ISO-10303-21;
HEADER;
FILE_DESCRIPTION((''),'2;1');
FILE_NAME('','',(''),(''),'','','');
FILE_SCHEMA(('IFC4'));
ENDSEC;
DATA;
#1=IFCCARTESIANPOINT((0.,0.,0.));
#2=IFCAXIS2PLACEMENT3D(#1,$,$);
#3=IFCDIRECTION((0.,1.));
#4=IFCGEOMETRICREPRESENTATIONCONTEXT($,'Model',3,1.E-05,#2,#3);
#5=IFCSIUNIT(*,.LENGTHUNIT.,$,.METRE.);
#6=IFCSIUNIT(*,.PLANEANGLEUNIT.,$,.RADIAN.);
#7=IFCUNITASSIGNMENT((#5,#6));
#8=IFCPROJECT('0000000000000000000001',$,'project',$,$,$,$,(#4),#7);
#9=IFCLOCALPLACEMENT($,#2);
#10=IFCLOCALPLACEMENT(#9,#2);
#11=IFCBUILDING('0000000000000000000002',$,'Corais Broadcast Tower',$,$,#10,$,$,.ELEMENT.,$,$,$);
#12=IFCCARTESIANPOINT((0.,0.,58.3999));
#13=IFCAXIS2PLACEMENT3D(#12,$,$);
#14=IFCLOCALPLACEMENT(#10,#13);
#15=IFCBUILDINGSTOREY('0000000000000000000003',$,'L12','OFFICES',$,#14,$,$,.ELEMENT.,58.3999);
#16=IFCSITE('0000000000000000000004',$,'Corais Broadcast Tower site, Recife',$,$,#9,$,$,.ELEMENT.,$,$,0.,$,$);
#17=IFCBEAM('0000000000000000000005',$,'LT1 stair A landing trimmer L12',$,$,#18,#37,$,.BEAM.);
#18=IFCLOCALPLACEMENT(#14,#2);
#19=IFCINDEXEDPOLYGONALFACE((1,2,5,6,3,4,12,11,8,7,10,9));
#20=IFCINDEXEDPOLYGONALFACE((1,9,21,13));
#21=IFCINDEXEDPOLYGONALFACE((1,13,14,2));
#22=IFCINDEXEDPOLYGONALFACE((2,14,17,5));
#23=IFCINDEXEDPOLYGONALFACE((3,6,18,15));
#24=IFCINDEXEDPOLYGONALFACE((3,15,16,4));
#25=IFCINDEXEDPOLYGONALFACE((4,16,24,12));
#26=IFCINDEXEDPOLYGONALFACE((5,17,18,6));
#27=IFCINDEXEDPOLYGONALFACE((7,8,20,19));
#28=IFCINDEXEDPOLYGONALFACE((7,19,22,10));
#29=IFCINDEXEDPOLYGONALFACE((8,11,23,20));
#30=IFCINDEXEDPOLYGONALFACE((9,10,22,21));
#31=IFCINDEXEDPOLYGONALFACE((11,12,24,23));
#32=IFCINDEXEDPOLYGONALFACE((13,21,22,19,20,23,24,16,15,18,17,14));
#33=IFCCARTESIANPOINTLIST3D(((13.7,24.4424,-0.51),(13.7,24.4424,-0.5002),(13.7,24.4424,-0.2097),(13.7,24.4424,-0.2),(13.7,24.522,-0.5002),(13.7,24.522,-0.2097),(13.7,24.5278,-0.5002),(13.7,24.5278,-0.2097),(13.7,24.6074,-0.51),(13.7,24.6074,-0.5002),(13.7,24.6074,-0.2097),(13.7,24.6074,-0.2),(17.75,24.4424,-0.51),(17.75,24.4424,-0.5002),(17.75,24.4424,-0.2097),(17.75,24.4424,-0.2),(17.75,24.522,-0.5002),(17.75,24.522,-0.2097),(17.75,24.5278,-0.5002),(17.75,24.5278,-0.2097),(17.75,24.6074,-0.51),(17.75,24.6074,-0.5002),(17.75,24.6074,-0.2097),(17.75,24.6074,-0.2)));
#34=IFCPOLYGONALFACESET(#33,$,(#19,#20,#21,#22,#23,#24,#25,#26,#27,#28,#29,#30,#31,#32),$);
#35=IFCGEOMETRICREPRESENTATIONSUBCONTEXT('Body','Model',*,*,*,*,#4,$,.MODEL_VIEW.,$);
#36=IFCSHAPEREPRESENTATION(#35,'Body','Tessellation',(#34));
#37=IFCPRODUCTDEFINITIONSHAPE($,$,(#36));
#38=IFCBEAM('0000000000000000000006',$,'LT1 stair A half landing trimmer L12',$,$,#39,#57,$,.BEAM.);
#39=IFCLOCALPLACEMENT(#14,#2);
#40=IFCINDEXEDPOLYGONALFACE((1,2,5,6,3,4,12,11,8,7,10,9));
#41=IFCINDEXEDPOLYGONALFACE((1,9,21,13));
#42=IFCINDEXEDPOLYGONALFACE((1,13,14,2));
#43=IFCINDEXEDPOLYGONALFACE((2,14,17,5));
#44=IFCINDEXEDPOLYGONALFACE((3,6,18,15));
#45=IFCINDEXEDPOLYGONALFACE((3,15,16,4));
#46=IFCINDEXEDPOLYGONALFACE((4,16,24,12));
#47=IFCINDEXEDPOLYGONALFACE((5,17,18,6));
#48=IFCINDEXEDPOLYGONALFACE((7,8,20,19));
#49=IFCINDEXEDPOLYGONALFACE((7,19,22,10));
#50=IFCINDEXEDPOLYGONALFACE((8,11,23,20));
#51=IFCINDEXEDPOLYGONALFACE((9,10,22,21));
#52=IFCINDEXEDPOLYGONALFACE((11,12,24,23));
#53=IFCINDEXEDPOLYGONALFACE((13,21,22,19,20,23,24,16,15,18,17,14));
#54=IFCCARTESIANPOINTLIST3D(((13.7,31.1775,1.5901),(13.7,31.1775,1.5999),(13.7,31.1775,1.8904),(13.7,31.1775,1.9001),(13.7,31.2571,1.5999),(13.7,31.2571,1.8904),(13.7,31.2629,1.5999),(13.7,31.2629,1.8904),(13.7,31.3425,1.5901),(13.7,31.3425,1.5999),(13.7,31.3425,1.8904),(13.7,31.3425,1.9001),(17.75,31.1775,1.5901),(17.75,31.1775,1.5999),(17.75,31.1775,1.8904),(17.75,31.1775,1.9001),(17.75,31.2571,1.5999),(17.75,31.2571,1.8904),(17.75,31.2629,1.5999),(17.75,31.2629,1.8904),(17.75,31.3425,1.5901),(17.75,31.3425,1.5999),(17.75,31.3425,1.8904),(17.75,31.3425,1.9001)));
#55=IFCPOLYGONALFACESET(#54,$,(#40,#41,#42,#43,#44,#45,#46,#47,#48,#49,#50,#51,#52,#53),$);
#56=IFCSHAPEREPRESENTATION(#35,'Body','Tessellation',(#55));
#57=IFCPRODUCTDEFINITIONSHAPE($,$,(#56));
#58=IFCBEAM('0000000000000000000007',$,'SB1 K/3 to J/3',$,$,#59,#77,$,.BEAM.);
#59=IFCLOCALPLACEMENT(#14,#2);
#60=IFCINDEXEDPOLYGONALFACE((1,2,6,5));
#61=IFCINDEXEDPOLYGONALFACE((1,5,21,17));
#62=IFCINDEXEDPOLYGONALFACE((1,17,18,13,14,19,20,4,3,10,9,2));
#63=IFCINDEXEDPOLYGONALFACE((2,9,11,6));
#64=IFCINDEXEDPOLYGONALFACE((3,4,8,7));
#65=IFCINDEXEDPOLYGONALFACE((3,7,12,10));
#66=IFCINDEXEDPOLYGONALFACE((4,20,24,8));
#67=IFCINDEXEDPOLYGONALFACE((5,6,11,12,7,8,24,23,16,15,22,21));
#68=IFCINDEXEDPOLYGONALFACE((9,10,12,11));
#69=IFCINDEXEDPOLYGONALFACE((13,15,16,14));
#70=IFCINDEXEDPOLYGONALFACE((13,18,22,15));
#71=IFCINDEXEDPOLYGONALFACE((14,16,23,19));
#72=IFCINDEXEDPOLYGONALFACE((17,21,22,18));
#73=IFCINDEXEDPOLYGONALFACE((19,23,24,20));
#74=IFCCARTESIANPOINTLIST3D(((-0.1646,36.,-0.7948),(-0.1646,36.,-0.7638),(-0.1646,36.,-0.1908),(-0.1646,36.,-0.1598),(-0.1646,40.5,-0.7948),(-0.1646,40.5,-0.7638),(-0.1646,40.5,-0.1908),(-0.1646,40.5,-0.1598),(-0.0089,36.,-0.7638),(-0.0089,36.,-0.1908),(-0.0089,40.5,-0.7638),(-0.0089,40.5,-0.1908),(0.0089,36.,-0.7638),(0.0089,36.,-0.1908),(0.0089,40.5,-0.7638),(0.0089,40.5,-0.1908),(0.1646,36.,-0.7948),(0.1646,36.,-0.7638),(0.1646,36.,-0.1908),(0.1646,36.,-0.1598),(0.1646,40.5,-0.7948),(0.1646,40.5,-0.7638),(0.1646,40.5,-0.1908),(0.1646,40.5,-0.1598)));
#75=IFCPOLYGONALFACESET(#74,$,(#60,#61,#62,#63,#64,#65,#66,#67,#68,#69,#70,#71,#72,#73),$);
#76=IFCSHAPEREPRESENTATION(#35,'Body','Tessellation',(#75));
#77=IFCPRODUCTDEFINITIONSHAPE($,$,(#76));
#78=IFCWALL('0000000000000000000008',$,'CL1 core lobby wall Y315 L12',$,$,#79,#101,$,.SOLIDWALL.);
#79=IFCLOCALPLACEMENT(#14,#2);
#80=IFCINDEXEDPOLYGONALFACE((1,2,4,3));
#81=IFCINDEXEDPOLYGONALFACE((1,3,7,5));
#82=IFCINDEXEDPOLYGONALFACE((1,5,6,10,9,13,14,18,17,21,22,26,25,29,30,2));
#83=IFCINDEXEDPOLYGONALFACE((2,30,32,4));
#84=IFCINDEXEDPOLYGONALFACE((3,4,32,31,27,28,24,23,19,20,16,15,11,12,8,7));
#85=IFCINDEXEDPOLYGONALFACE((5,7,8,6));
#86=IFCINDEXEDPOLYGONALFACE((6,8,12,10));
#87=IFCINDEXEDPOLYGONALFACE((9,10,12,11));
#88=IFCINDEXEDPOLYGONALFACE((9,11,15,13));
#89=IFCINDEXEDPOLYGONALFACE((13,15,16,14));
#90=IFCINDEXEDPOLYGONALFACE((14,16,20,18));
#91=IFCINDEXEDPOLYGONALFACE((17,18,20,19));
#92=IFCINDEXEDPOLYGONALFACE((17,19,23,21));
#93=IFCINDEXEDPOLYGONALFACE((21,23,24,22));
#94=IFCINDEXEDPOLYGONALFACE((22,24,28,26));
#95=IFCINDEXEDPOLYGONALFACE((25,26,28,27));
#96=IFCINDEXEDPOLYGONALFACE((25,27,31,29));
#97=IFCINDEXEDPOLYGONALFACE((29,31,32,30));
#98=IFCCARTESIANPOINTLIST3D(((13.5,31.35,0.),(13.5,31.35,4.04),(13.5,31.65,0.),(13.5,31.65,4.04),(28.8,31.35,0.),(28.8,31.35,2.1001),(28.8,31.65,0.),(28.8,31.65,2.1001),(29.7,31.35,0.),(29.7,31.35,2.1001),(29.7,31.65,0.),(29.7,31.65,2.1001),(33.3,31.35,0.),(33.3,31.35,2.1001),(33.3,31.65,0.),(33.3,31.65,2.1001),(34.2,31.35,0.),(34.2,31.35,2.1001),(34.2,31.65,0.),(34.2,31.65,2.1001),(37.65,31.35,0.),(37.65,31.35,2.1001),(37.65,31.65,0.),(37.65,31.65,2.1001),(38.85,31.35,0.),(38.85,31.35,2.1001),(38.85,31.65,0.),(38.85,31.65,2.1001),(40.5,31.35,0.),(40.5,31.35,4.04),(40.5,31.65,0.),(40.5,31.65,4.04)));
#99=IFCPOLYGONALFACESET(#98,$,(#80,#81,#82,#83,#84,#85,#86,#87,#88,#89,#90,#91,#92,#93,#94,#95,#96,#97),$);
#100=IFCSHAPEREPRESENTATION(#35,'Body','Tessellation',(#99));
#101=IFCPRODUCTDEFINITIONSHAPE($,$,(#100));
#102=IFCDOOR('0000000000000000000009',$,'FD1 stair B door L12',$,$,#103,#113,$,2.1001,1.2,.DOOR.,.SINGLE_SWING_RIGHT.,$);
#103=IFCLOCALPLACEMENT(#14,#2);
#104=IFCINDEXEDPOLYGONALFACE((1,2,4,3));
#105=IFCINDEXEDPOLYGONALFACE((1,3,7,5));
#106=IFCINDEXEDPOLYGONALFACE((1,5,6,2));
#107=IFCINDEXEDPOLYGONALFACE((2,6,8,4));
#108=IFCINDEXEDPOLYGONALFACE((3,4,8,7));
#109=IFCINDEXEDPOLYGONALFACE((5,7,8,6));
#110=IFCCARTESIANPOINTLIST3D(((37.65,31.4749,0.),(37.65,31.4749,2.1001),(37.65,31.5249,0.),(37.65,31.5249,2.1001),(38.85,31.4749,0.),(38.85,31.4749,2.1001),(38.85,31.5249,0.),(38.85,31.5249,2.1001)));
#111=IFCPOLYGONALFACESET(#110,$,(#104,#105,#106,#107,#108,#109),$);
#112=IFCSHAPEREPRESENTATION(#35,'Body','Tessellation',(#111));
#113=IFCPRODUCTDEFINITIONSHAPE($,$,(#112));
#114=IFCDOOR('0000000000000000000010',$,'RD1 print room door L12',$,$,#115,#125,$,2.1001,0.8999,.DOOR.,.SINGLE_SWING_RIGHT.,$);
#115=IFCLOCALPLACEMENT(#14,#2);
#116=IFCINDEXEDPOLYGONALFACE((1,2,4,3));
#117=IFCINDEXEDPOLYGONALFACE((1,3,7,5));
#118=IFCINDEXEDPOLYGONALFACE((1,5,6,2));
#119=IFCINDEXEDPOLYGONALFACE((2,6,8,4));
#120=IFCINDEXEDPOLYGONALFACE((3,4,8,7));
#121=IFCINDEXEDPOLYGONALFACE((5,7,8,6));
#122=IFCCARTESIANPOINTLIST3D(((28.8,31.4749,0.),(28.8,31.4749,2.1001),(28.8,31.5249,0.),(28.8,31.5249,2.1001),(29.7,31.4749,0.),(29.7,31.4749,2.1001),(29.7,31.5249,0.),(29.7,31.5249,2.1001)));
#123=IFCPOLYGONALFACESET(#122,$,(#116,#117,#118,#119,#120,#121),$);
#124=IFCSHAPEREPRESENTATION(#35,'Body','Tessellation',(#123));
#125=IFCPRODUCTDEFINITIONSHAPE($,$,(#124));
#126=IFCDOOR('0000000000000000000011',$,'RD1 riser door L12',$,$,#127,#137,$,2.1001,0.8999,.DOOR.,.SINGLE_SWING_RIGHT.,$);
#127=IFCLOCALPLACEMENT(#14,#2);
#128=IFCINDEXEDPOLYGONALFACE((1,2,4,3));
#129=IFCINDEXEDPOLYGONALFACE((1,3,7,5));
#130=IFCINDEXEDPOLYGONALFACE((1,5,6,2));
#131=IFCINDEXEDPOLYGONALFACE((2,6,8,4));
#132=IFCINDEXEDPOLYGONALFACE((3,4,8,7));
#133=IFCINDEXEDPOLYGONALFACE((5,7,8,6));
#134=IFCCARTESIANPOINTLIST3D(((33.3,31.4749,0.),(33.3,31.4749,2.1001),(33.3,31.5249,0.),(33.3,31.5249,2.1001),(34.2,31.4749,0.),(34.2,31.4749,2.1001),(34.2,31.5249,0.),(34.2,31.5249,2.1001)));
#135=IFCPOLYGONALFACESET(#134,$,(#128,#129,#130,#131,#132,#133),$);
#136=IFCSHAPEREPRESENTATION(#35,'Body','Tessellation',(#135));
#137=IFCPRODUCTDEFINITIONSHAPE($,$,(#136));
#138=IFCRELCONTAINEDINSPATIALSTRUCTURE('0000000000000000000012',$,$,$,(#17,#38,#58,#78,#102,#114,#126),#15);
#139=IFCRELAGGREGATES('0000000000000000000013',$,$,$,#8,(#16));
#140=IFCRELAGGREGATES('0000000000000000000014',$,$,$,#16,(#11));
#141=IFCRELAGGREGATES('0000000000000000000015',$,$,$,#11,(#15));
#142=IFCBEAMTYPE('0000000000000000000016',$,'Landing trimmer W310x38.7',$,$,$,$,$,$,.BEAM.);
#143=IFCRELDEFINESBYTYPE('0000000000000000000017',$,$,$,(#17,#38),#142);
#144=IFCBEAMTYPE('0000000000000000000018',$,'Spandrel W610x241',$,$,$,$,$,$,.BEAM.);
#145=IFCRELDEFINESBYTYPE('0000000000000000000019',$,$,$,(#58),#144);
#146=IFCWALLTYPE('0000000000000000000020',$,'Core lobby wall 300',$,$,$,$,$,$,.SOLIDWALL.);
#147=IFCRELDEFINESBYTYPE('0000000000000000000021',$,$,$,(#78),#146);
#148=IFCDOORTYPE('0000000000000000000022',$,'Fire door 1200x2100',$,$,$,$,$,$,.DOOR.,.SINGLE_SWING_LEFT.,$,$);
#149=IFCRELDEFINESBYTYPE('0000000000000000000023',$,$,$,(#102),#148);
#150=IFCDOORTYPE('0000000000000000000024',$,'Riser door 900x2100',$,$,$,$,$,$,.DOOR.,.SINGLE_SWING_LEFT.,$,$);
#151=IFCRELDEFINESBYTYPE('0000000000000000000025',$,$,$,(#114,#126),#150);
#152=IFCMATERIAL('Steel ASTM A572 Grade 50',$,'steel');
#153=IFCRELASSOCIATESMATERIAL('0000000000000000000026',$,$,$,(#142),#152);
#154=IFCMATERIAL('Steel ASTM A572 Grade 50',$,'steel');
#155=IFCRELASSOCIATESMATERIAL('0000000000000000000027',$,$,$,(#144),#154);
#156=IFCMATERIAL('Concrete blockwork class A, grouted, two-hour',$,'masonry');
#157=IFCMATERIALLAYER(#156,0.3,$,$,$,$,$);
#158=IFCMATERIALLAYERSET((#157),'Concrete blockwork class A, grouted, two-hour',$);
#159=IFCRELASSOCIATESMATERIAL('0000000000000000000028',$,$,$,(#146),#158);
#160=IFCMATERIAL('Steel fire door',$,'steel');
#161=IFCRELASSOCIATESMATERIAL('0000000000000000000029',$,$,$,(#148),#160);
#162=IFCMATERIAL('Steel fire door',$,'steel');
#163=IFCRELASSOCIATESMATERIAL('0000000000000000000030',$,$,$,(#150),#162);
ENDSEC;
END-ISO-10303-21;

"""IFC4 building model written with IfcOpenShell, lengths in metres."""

from ifc_helpers import new_model, si_unit, direction, frame, frame_2d, origin, origin_2d, place, context, subcontext, project, spatial, rectangle, i_section, extrude, material, layer, layer_set, material_profile, profile_set, type_object, element, fill, save


model = new_model("IFC4")

# Units and contexts
model_context = context("Model", 3, precision=1e-05, world=origin(), true_north=direction((0.0, 1.0)))
body_context = subcontext(model_context, "Body", "Model", "MODEL_VIEW")
ifc_project = project(units=[si_unit("LENGTHUNIT", "METRE"), si_unit("PLANEANGLEUNIT", "RADIAN")], contexts=[model_context])

# Site, building, storey
site_placement = place(None, origin())
site = spatial("IfcSite", under=ifc_project, at=site_placement, Name="Corais Broadcast Tower site, Recife", CompositionType="ELEMENT", RefElevation=0.0)
building_placement = place(site_placement, origin())
building = spatial("IfcBuilding", under=site, at=building_placement, Name="Corais Broadcast Tower", CompositionType="ELEMENT")
storey_placement = place(building_placement, frame((0.0, 0.0, 58.3999)))
storey = spatial("IfcBuildingStorey", under=building, at=storey_placement, Name="L12", Description="OFFICES", CompositionType="ELEMENT", Elevation=58.3999)

# Beams
ifc_material_1 = material(Name="Steel ASTM A572 Grade 50", Category="steel")
ifc_material_profile_1 = material_profile(ifc_material_1, i_section(OverallWidth=0.165, OverallDepth=0.3101, WebThickness=0.0059, FlangeThickness=0.0098, at=origin_2d()), Name="W310x38.7")
ifc_profile_set_1 = profile_set([ifc_material_profile_1], Name="Steel ASTM A572 Grade 50")
beam_type_1 = type_object("IfcBeamType", Name="Landing trimmer W310x38.7", PredefinedType="BEAM", material=ifc_profile_set_1)
for number, where, z_axis, x_axis, name in (
    (1, (13.7, 24.5249, -0.355), (1.0, 0.0, 0.0), (0.0, 1.0, 0.0), "LT1 stair A landing trimmer L12"),
    (2, (13.7, 31.26, 1.7451), (1.0, 0.0, 0.0), (0.0, 1.0, 0.0), "LT1 stair A half landing trimmer L12"),
):
    element("IfcBeam", number, at=place(storey_placement, frame(where, z_axis=z_axis, x_axis=x_axis)), inside=storey, type_object=beam_type_1, Name=name, PredefinedType="BEAM", context=body_context, shape_type="SweptSolid", body=[
        extrude(i_section(OverallWidth=0.165, OverallDepth=0.3101, WebThickness=0.0059, FlangeThickness=0.0098, at=origin_2d()), origin(), (0.0, 0.0, 1.0), 4.05),
    ])
ifc_material_2 = material(Name="Steel ASTM A572 Grade 50", Category="steel")
ifc_material_profile_2 = material_profile(ifc_material_2, i_section(OverallWidth=0.3291, OverallDepth=0.635, WebThickness=0.0178, FlangeThickness=0.031, at=origin_2d()), Name="W610x241")
ifc_profile_set_2 = profile_set([ifc_material_profile_2], Name="Steel ASTM A572 Grade 50")
beam_type_2 = type_object("IfcBeamType", Name="Spandrel W610x241", PredefinedType="BEAM", material=ifc_profile_set_2)
beam_placement = place(storey_placement, frame((0.0, 40.5, -0.4773), z_axis=(0.0, -1.0, 0.0), x_axis=(1.0, 0.0, 0.0)))
element("IfcBeam", 3, at=beam_placement, inside=storey, type_object=beam_type_2, Name="SB1 K/3 to J/3", PredefinedType="BEAM", context=body_context, shape_type="SweptSolid", body=[
    extrude(i_section(OverallWidth=0.3291, OverallDepth=0.635, WebThickness=0.0178, FlangeThickness=0.031, at=origin_2d()), origin(), (0.0, 0.0, 1.0), 4.5),
])

# Wall, openings, doors
ifc_material_3 = material(Name="Concrete blockwork class A, grouted, two-hour", Category="masonry")
ifc_layer_1 = layer(ifc_material_3, 0.3)
ifc_layer_set_1 = layer_set([ifc_layer_1], Name="Concrete blockwork class A, grouted, two-hour")
wall_type_1 = type_object("IfcWallType", Name="Core lobby wall 300", PredefinedType="SOLIDWALL", material=ifc_layer_set_1)
wall_1_placement = place(storey_placement, frame((13.5, 31.5, 0.0), z_axis=(0.0, 0.0, 1.0), x_axis=(1.0, 0.0, 0.0)))
wall_1 = element("IfcWall", 4, at=wall_1_placement, inside=storey, type_object=wall_type_1, Name="CL1 core lobby wall Y315 L12", PredefinedType="SOLIDWALL", context=body_context, shape_type="SweptSolid", body=[
    extrude(rectangle(XDim=27.0, YDim=0.3, at=frame_2d((13.5, 0.0))), origin(), (0.0, 0.0, 1.0), 4.04),
])
opening_1_placement = place(wall_1_placement, frame((24.1499, 0.0, 0.0)))
opening_1 = element("IfcOpeningElement", 5, at=opening_1_placement, cuts=wall_1, PredefinedType="OPENING", context=body_context, shape_type="SweptSolid", body=[
    extrude(rectangle(XDim=1.2, YDim=2.1001, at=frame_2d((0.6001, 1.05))), frame((0.0, 0.1599, 0.0), z_axis=(0.0, -1.0, 0.0), x_axis=(1.0, 0.0, 0.0)), (0.0, 0.0, 1.0), 0.3201),
])
opening_2_placement = place(wall_1_placement, frame((15.3, 0.0, 0.0)))
opening_2 = element("IfcOpeningElement", 6, at=opening_2_placement, cuts=wall_1, PredefinedType="OPENING", context=body_context, shape_type="SweptSolid", body=[
    extrude(rectangle(XDim=0.8999, YDim=2.1001, at=frame_2d((0.45, 1.05))), frame((0.0, 0.1599, 0.0), z_axis=(0.0, -1.0, 0.0), x_axis=(1.0, 0.0, 0.0)), (0.0, 0.0, 1.0), 0.3201),
])
opening_3_placement = place(wall_1_placement, frame((19.8, 0.0, 0.0)))
opening_3 = element("IfcOpeningElement", 7, at=opening_3_placement, cuts=wall_1, PredefinedType="OPENING", context=body_context, shape_type="SweptSolid", body=[
    extrude(rectangle(XDim=0.8999, YDim=2.1001, at=frame_2d((0.45, 1.05))), frame((0.0, 0.1599, 0.0), z_axis=(0.0, -1.0, 0.0), x_axis=(1.0, 0.0, 0.0)), (0.0, 0.0, 1.0), 0.3201),
])
ifc_material_4 = material(Name="Steel fire door", Category="steel")
door_type_1 = type_object("IfcDoorType", Name="Fire door 1200x2100", OperationType="SINGLE_SWING_LEFT", PredefinedType="DOOR", material=ifc_material_4)
door_1_placement = place(opening_1_placement, origin())
door_1 = element("IfcDoor", 8, at=door_1_placement, inside=storey, type_object=door_type_1, Name="FD1 stair B door L12", OperationType="SINGLE_SWING_RIGHT", OverallHeight=2.1001, OverallWidth=1.2, PredefinedType="DOOR", context=body_context, shape_type="SweptSolid", body=[
    extrude(rectangle(XDim=1.2, YDim=2.1001, at=frame_2d((0.6001, 1.05))), frame((0.0, 0.0249, 0.0), z_axis=(0.0, -1.0, 0.0), x_axis=(1.0, 0.0, 0.0)), (0.0, 0.0, 1.0), 0.05),
])
fill(opening_1, door_1)
ifc_material_5 = material(Name="Steel fire door", Category="steel")
door_type_2 = type_object("IfcDoorType", Name="Riser door 900x2100", OperationType="SINGLE_SWING_LEFT", PredefinedType="DOOR", material=ifc_material_5)
door_2_placement = place(opening_2_placement, origin())
door_2 = element("IfcDoor", 9, at=door_2_placement, inside=storey, type_object=door_type_2, Name="RD1 print room door L12", OperationType="SINGLE_SWING_RIGHT", OverallHeight=2.1001, OverallWidth=0.8999, PredefinedType="DOOR", context=body_context, shape_type="SweptSolid", body=[
    extrude(rectangle(XDim=0.8999, YDim=2.1001, at=frame_2d((0.45, 1.05))), frame((0.0, 0.0249, 0.0), z_axis=(0.0, -1.0, 0.0), x_axis=(1.0, 0.0, 0.0)), (0.0, 0.0, 1.0), 0.05),
])
fill(opening_2, door_2)
door_3_placement = place(opening_3_placement, origin())
door_3 = element("IfcDoor", 10, at=door_3_placement, inside=storey, type_object=door_type_2, Name="RD1 riser door L12", OperationType="SINGLE_SWING_RIGHT", OverallHeight=2.1001, OverallWidth=0.8999, PredefinedType="DOOR", context=body_context, shape_type="SweptSolid", body=[
    extrude(rectangle(XDim=0.8999, YDim=2.1001, at=frame_2d((0.45, 1.05))), frame((0.0, 0.0249, 0.0), z_axis=(0.0, -1.0, 0.0), x_axis=(1.0, 0.0, 0.0)), (0.0, 0.0, 1.0), 0.05),
])
fill(opening_3, door_3)

save(model, "model.ifc")
